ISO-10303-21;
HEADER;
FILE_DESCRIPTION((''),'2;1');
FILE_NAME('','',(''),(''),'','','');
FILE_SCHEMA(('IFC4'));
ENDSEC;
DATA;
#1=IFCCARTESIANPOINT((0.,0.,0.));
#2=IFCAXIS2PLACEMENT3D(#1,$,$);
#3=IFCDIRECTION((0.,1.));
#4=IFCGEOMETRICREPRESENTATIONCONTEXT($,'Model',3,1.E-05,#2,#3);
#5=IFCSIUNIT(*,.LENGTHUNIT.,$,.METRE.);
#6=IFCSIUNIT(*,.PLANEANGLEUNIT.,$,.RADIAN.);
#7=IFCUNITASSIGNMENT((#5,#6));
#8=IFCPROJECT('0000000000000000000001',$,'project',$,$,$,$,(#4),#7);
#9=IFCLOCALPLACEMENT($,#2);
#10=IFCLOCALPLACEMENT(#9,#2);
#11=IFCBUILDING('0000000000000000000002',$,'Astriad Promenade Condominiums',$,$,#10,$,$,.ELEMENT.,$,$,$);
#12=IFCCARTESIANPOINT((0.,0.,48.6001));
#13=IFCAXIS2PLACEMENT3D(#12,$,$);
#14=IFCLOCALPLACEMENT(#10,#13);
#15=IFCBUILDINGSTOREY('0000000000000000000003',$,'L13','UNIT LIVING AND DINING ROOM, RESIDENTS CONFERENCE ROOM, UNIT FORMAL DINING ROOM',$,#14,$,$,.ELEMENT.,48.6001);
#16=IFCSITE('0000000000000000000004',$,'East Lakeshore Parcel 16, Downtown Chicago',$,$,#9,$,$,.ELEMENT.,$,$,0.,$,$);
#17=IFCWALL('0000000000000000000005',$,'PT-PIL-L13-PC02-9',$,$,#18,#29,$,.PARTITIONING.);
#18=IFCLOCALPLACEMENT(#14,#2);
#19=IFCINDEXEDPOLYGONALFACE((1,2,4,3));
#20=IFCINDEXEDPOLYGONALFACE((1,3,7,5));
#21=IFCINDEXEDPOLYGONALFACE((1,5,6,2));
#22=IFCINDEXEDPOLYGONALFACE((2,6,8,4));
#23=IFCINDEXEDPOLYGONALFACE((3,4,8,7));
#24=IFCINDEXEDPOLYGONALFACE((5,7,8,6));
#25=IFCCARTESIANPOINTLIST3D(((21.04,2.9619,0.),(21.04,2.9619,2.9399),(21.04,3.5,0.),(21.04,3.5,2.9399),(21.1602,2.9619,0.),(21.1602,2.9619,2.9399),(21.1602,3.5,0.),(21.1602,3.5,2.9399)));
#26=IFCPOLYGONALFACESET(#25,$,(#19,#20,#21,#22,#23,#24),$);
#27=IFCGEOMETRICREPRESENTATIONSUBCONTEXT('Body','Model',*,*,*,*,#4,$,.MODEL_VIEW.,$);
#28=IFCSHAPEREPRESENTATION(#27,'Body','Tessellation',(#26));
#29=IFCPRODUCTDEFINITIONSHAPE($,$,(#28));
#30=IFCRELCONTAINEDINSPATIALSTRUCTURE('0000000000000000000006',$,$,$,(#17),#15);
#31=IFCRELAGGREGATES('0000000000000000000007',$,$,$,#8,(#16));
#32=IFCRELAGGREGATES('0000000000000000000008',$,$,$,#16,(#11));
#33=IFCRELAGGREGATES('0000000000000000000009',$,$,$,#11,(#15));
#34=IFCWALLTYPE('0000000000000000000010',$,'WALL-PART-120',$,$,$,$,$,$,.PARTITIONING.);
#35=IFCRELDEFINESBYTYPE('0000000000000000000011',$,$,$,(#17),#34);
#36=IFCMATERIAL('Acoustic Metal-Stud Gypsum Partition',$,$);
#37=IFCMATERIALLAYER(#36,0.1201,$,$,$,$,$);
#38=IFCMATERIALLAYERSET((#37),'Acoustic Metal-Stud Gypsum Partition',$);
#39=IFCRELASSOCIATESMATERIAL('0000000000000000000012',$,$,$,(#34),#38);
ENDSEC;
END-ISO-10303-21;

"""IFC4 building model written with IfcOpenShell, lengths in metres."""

from ifc_helpers import new_model, si_unit, direction, frame, frame_2d, origin, place, context, subcontext, project, spatial, rectangle, extrude, material, layer, layer_set, type_object, element, save


model = new_model("IFC4")

# Units and contexts
model_context = context("Model", 3, precision=1e-05, world=origin(), true_north=direction((0.0, 1.0)))
body_context = subcontext(model_context, "Body", "Model", "MODEL_VIEW")
ifc_project = project(units=[si_unit("LENGTHUNIT", "METRE"), si_unit("PLANEANGLEUNIT", "RADIAN")], contexts=[model_context])

# Site, building, storey
site_placement = place(None, origin())
site = spatial("IfcSite", under=ifc_project, at=site_placement, Name="East Lakeshore Parcel 16, Downtown Chicago", CompositionType="ELEMENT", RefElevation=0.0)
building_placement = place(site_placement, origin())
building = spatial("IfcBuilding", under=site, at=building_placement, Name="Astriad Promenade Condominiums", CompositionType="ELEMENT")
storey_placement = place(building_placement, frame((0.0, 0.0, 48.6001)))
storey = spatial("IfcBuildingStorey", under=building, at=storey_placement, Name="L13", Description="UNIT LIVING AND DINING ROOM, RESIDENTS CONFERENCE ROOM, UNIT FORMAL DINING ROOM", CompositionType="ELEMENT", Elevation=48.6001)

# Shared definitions
ifc_material_1 = material(Name="Acoustic Metal-Stud Gypsum Partition")
ifc_layer_1 = layer(ifc_material_1, 0.1201)
ifc_layer_set_1 = layer_set([ifc_layer_1], Name="Acoustic Metal-Stud Gypsum Partition")
wall_type_1 = type_object("IfcWallType", Name="WALL-PART-120", PredefinedType="PARTITIONING", material=ifc_layer_set_1)

# Wall
wall_1_placement = place(storey_placement, frame((21.1001, 3.5, 0.0), z_axis=(0.0, 0.0, 1.0), x_axis=(0.0, -1.0, 0.0)))
element("IfcWall", 1, at=wall_1_placement, inside=storey, type_object=wall_type_1, Name="PT-PIL-L13-PC02-9", PredefinedType="PARTITIONING", context=body_context, shape_type="SweptSolid", body=[
    extrude(rectangle(XDim=0.5381, YDim=0.1201, at=frame_2d((0.269, 0.0))), origin(), (0.0, 0.0, 1.0), 2.9399),
])

save(model, "model.ifc")
